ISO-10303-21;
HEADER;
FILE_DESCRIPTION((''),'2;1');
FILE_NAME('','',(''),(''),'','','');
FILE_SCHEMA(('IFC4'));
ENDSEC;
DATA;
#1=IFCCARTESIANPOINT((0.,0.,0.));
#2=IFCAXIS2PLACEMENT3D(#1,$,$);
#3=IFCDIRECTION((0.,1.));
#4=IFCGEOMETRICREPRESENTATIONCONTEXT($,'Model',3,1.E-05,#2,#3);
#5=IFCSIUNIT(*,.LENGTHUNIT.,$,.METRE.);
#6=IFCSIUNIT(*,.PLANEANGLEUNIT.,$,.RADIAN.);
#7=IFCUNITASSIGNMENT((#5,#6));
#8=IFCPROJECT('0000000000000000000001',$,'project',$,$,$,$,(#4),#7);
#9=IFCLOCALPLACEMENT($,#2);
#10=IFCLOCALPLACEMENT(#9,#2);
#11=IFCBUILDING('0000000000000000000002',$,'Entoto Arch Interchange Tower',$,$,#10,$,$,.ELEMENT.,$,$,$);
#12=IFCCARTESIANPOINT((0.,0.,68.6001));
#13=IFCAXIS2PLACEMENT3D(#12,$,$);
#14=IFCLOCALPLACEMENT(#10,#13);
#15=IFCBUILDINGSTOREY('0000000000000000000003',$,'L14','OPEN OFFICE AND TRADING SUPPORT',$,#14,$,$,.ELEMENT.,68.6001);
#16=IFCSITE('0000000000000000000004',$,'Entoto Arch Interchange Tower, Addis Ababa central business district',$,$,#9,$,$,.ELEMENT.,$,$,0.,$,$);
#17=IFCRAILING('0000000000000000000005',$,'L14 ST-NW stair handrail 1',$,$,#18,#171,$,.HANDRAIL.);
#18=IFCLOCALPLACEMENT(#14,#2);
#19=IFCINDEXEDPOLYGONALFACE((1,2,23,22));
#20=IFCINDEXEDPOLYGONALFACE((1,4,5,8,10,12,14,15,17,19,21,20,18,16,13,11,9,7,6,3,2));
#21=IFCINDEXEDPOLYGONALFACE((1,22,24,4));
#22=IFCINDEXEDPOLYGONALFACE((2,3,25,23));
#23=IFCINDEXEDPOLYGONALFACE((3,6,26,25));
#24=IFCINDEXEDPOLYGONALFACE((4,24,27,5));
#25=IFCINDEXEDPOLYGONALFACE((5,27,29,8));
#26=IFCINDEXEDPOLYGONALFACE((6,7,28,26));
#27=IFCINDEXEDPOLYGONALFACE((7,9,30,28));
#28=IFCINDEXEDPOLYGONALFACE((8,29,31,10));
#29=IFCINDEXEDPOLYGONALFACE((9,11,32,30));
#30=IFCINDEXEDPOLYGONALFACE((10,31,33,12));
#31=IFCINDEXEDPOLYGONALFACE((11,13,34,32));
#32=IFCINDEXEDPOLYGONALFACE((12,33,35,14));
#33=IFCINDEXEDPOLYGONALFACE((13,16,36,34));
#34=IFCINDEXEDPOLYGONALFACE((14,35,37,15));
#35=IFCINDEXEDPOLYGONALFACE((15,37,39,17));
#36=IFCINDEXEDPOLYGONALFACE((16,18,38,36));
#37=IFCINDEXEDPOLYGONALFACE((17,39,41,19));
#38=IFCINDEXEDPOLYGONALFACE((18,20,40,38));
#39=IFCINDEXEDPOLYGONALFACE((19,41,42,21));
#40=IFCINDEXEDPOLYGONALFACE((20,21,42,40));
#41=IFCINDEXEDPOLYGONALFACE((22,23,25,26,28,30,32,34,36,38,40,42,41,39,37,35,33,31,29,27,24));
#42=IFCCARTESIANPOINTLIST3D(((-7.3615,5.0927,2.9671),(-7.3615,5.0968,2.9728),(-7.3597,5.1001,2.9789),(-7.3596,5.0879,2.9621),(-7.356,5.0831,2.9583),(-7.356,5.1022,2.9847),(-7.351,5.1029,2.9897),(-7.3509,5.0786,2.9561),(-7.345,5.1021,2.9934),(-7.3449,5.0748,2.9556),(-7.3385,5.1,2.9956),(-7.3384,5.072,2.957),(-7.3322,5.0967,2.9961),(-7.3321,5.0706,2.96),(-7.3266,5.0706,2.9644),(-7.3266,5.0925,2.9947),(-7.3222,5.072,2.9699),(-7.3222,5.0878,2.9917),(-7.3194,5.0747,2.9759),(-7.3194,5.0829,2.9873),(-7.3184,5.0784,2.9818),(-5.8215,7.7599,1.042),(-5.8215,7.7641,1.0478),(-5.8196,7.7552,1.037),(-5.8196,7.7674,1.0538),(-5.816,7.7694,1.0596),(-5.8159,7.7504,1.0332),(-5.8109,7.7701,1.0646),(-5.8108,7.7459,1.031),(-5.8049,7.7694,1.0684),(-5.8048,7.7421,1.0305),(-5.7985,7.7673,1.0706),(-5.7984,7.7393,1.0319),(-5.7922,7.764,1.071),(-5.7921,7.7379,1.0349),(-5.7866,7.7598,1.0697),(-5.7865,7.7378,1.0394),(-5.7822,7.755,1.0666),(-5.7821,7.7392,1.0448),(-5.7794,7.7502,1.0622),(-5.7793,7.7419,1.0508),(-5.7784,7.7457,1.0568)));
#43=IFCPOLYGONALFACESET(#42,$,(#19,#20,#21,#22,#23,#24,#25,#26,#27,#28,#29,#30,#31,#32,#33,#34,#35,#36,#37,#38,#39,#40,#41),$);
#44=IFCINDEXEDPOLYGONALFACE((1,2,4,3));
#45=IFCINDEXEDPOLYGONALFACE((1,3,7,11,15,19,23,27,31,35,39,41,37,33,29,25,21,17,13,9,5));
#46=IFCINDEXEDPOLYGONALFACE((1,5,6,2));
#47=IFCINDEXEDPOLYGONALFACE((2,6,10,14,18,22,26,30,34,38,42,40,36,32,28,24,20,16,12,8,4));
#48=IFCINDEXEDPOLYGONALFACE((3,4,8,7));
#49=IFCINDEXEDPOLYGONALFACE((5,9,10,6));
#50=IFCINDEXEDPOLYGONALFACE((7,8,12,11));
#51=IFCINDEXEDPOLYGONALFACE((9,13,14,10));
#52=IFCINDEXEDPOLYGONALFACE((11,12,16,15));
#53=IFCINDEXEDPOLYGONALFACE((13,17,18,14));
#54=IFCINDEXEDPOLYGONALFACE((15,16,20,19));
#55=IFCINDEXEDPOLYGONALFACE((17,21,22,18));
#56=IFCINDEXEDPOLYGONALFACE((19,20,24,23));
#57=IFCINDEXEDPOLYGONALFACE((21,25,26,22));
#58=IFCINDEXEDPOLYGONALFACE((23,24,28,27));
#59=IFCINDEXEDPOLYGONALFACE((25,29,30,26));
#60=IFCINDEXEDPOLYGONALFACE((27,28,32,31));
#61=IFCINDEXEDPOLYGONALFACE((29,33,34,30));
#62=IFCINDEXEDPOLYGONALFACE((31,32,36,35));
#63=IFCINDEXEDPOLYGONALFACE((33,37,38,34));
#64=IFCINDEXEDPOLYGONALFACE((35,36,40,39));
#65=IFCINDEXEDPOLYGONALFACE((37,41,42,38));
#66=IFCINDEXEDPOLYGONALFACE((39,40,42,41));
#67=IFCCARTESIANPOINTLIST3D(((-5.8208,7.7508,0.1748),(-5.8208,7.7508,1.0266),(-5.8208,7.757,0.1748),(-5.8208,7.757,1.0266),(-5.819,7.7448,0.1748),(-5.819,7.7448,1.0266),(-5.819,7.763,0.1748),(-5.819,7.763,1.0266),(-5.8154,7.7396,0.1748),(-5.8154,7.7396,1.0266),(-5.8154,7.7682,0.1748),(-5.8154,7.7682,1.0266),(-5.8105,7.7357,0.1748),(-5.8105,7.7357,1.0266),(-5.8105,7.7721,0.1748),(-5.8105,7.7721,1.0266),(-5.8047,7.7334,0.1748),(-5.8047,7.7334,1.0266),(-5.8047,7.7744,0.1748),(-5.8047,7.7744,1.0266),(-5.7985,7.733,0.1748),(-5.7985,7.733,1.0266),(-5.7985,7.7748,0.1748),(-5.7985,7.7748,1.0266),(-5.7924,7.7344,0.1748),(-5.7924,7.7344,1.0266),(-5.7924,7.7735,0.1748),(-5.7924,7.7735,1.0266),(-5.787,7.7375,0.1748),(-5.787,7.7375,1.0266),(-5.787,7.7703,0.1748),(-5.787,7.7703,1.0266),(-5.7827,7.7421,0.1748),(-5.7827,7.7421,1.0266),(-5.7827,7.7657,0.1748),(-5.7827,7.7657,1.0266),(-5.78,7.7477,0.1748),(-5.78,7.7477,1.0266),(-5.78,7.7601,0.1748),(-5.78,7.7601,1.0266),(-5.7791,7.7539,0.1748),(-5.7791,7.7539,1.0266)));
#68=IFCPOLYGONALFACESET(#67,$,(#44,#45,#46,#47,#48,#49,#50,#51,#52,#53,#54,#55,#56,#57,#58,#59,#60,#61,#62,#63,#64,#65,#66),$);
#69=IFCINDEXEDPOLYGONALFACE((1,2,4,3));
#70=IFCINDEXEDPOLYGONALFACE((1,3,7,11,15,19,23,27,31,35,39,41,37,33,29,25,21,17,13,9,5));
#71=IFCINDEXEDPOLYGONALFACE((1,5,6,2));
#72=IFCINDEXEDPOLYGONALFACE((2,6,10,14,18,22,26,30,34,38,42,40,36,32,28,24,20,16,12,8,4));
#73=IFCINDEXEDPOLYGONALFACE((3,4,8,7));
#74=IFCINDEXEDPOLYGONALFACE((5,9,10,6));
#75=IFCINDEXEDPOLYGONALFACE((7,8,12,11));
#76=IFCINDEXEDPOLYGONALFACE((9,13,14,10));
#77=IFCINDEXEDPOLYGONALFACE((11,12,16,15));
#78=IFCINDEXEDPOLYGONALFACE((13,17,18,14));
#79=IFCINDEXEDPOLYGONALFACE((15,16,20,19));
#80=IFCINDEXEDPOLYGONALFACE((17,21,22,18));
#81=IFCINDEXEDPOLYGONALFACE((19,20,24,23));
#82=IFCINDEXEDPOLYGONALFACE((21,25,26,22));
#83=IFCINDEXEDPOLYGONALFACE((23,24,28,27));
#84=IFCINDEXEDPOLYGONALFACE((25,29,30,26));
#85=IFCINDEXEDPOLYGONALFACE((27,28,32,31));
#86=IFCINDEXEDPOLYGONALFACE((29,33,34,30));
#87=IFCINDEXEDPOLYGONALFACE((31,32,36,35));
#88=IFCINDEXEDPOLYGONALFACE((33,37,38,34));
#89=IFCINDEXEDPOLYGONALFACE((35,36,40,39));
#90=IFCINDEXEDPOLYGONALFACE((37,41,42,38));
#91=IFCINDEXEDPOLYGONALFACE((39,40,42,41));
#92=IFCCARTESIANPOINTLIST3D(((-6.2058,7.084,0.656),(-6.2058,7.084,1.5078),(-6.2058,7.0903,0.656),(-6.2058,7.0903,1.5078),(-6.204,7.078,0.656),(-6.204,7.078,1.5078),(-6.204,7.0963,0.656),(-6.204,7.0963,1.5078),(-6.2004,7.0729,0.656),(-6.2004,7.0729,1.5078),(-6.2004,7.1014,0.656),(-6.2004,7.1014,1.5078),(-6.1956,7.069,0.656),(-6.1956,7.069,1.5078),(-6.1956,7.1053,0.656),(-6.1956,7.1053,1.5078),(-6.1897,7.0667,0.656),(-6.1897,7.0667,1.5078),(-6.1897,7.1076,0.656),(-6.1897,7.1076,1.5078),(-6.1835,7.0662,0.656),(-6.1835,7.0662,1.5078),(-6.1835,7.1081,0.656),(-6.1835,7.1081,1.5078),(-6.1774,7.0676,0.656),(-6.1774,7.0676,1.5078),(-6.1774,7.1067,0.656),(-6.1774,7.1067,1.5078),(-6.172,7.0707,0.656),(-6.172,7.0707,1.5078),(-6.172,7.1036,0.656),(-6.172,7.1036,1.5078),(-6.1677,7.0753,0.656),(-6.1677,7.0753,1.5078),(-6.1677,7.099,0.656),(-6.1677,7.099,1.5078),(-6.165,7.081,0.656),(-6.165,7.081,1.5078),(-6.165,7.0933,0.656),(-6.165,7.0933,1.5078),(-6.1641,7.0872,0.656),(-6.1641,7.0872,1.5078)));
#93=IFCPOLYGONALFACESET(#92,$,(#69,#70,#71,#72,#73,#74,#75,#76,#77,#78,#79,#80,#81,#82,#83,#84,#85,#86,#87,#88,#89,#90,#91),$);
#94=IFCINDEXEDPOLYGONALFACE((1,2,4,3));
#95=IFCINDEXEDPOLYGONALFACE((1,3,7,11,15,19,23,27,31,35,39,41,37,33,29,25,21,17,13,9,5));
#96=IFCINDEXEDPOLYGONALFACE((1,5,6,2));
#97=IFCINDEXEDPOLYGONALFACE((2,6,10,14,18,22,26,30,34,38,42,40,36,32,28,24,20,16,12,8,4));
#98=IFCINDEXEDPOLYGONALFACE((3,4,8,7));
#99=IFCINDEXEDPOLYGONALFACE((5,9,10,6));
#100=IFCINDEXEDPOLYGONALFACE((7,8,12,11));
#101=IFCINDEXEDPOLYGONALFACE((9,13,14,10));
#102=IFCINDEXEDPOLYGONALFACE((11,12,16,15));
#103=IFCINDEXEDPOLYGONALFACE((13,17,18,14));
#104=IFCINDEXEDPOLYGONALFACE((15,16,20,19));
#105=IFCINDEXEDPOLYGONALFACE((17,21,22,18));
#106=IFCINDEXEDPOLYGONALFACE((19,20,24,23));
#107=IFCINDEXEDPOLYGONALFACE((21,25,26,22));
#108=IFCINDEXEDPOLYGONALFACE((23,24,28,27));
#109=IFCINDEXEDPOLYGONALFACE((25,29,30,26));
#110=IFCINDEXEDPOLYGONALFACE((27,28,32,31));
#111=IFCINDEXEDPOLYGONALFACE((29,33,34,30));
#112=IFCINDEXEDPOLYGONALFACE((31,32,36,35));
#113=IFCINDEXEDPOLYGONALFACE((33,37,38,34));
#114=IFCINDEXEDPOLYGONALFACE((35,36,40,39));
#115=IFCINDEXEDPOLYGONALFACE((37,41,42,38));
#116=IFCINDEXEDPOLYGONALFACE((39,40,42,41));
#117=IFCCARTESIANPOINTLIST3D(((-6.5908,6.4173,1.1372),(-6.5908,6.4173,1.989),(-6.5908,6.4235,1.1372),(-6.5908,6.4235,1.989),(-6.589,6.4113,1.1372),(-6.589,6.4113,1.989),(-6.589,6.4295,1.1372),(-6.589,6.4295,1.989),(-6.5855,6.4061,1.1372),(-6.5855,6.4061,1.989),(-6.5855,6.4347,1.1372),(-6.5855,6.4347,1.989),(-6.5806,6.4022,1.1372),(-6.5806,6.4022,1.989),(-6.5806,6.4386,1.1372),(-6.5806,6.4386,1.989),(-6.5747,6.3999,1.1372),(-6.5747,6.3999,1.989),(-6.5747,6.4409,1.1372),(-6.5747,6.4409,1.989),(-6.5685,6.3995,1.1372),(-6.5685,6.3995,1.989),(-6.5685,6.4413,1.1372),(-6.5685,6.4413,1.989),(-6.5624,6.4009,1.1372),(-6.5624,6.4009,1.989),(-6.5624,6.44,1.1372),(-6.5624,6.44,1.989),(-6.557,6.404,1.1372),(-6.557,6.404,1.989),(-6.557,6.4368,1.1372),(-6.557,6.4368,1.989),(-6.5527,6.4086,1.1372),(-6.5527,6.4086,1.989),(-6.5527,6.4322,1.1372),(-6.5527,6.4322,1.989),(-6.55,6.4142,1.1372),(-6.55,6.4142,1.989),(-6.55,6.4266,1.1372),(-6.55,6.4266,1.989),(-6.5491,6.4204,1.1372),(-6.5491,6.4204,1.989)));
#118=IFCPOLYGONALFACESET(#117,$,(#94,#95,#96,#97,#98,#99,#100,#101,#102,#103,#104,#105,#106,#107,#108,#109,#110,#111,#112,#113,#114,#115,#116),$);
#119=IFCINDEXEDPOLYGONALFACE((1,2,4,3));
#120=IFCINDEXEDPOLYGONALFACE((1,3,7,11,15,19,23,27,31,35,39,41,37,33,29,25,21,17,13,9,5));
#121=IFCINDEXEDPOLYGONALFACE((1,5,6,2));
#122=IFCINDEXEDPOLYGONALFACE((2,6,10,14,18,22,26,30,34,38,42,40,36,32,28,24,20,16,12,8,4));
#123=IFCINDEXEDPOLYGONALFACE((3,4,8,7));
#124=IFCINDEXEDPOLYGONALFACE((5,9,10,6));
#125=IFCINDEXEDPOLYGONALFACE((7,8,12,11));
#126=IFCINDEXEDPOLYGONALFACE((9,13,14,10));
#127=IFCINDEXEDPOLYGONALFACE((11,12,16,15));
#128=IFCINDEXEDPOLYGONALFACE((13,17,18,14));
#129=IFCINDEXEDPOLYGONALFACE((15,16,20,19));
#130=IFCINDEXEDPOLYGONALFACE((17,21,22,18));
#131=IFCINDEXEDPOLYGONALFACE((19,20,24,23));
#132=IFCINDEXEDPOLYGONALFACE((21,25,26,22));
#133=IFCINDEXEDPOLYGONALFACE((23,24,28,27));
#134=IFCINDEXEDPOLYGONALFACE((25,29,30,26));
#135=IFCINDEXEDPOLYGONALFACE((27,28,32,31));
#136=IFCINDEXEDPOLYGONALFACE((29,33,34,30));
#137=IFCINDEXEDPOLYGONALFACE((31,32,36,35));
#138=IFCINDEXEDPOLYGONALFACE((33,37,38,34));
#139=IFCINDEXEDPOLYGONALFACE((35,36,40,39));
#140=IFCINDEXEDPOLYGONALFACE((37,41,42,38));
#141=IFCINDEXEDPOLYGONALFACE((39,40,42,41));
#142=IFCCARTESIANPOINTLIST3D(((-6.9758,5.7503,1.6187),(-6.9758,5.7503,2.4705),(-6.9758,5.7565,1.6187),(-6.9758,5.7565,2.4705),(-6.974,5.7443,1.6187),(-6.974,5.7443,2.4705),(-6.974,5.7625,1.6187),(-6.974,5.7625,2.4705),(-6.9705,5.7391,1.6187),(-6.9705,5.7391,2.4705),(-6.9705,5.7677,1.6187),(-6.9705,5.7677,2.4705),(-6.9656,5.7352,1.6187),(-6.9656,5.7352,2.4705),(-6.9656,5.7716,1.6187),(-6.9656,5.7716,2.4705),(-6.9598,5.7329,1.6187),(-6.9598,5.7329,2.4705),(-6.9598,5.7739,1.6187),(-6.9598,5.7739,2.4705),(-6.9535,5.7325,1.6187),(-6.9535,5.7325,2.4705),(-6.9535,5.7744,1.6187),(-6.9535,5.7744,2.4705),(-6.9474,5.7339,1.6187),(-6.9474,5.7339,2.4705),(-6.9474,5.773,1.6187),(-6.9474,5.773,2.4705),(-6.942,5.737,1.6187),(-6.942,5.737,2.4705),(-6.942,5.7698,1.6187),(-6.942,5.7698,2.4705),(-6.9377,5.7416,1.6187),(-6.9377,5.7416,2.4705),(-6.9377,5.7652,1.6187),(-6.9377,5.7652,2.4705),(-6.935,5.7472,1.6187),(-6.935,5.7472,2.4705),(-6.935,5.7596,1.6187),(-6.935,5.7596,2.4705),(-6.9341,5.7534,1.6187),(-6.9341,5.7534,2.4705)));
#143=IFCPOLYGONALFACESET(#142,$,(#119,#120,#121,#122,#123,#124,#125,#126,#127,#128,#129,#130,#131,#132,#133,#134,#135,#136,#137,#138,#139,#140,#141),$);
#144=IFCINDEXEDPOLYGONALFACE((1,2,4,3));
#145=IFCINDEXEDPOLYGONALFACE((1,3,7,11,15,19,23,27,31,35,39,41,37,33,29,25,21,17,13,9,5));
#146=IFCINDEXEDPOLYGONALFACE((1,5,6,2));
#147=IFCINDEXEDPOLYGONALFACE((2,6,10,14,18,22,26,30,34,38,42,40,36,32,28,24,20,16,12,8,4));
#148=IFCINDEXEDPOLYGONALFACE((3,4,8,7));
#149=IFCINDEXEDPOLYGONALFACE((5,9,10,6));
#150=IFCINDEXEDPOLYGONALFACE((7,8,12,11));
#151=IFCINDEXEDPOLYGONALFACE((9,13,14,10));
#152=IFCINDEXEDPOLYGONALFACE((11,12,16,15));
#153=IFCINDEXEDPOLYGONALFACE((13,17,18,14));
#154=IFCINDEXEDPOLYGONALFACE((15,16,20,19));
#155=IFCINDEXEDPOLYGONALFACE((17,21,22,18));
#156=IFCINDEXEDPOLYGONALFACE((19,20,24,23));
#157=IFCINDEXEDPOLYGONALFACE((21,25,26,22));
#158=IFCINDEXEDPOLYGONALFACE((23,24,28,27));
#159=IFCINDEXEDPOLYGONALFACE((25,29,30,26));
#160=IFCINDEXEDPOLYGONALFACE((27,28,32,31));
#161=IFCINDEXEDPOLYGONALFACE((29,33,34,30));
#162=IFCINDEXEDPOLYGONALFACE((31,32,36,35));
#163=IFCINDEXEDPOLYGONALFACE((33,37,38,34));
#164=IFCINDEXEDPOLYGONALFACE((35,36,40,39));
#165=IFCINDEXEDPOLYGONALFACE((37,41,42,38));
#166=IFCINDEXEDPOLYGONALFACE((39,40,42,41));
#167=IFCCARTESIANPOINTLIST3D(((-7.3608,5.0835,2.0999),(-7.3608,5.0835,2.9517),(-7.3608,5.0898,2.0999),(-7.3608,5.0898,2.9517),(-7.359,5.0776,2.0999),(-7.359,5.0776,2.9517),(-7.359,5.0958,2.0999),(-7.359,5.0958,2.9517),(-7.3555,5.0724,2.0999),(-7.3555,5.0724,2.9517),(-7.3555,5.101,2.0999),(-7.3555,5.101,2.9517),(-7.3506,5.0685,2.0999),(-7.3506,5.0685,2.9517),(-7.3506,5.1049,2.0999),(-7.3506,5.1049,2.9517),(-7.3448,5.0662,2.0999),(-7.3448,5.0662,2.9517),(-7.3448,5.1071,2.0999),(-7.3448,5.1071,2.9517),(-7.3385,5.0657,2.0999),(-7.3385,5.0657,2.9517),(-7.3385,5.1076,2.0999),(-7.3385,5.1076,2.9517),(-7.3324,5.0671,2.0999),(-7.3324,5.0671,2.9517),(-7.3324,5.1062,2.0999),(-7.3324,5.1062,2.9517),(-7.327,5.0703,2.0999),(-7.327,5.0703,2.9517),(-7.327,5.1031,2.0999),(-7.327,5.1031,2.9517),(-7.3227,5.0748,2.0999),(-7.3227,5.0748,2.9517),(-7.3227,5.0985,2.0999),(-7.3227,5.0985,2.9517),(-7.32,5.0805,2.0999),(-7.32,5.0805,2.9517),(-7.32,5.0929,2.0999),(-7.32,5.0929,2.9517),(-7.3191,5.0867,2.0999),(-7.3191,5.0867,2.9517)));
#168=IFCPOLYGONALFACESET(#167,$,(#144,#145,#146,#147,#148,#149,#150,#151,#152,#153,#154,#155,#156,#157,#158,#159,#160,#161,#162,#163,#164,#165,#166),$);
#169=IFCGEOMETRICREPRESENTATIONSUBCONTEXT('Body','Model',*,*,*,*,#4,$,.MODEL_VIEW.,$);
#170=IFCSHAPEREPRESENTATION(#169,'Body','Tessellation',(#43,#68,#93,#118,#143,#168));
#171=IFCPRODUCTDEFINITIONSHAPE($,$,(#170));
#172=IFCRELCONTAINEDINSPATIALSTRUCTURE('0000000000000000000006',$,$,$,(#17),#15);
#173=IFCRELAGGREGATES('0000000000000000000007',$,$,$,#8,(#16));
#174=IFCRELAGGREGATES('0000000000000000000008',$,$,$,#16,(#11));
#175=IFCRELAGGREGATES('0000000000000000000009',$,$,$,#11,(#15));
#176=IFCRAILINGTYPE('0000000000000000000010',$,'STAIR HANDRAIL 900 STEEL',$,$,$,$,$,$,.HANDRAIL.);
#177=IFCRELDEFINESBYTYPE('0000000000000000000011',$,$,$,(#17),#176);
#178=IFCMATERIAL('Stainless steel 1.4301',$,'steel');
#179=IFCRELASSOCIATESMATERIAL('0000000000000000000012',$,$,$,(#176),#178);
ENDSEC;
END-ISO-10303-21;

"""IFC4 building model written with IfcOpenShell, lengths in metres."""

from ifc_helpers import new_model, si_unit, direction, frame, origin, origin_2d, place, context, subcontext, project, spatial, circle, extrude, material, type_object, element, save


model = new_model("IFC4")

# Units and contexts
model_context = context("Model", 3, precision=1e-05, world=origin(), true_north=direction((0.0, 1.0)))
body_context = subcontext(model_context, "Body", "Model", "MODEL_VIEW")
ifc_project = project(units=[si_unit("LENGTHUNIT", "METRE"), si_unit("PLANEANGLEUNIT", "RADIAN")], contexts=[model_context])

# Site, building, storey
site_placement = place(None, origin())
site = spatial("IfcSite", under=ifc_project, at=site_placement, Name="Entoto Arch Interchange Tower, Addis Ababa central business district", CompositionType="ELEMENT", RefElevation=0.0)
building_placement = place(site_placement, origin())
building = spatial("IfcBuilding", under=site, at=building_placement, Name="Entoto Arch Interchange Tower", CompositionType="ELEMENT")
storey_placement = place(building_placement, frame((0.0, 0.0, 68.6001)))
storey = spatial("IfcBuildingStorey", under=building, at=storey_placement, Name="L14", Description="OPEN OFFICE AND TRADING SUPPORT", CompositionType="ELEMENT", Elevation=68.6001)

# Railing
ifc_material_1 = material(Name="Stainless steel 1.4301", Category="steel")
railing_type_1 = type_object("IfcRailingType", Name="STAIR HANDRAIL 900 STEEL", PredefinedType="HANDRAIL", material=ifc_material_1)
railing_1_placement = place(storey_placement, frame((-5.8, 7.7539, 0.1748)))
element("IfcRailing", 1, at=railing_1_placement, inside=storey, type_object=railing_type_1, Name="L14 ST-NW stair handrail 1", PredefinedType="HANDRAIL", context=body_context, shape_type="SweptSolid", body=[
    extrude(circle(Radius=0.0239, at=origin_2d()), frame((0.0, 0.0, 0.876), z_axis=(-0.424015, -0.734364, 0.530019), x_axis=(0.86601, -0.500027, 0.0)), (0.0, 0.0, 1.0), 3.6321),
    extrude(circle(Radius=0.021, at=origin_2d()), origin(), (0.0, 0.0, 1.0), 0.8518),
    extrude(circle(Radius=0.021, at=origin_2d()), frame((-0.385, -0.6667, 0.4812)), (0.0, 0.0, 1.0), 0.8518),
    extrude(circle(Radius=0.021, at=origin_2d()), frame((-0.77, -1.3335, 0.9624)), (0.0, 0.0, 1.0), 0.8518),
    extrude(circle(Radius=0.021, at=origin_2d()), frame((-1.155, -2.0005, 1.4438)), (0.0, 0.0, 1.0), 0.8518),
    extrude(circle(Radius=0.021, at=origin_2d()), frame((-1.54, -2.6672, 1.925)), (0.0, 0.0, 1.0), 0.8518),
])

save(model, "model.ifc")
